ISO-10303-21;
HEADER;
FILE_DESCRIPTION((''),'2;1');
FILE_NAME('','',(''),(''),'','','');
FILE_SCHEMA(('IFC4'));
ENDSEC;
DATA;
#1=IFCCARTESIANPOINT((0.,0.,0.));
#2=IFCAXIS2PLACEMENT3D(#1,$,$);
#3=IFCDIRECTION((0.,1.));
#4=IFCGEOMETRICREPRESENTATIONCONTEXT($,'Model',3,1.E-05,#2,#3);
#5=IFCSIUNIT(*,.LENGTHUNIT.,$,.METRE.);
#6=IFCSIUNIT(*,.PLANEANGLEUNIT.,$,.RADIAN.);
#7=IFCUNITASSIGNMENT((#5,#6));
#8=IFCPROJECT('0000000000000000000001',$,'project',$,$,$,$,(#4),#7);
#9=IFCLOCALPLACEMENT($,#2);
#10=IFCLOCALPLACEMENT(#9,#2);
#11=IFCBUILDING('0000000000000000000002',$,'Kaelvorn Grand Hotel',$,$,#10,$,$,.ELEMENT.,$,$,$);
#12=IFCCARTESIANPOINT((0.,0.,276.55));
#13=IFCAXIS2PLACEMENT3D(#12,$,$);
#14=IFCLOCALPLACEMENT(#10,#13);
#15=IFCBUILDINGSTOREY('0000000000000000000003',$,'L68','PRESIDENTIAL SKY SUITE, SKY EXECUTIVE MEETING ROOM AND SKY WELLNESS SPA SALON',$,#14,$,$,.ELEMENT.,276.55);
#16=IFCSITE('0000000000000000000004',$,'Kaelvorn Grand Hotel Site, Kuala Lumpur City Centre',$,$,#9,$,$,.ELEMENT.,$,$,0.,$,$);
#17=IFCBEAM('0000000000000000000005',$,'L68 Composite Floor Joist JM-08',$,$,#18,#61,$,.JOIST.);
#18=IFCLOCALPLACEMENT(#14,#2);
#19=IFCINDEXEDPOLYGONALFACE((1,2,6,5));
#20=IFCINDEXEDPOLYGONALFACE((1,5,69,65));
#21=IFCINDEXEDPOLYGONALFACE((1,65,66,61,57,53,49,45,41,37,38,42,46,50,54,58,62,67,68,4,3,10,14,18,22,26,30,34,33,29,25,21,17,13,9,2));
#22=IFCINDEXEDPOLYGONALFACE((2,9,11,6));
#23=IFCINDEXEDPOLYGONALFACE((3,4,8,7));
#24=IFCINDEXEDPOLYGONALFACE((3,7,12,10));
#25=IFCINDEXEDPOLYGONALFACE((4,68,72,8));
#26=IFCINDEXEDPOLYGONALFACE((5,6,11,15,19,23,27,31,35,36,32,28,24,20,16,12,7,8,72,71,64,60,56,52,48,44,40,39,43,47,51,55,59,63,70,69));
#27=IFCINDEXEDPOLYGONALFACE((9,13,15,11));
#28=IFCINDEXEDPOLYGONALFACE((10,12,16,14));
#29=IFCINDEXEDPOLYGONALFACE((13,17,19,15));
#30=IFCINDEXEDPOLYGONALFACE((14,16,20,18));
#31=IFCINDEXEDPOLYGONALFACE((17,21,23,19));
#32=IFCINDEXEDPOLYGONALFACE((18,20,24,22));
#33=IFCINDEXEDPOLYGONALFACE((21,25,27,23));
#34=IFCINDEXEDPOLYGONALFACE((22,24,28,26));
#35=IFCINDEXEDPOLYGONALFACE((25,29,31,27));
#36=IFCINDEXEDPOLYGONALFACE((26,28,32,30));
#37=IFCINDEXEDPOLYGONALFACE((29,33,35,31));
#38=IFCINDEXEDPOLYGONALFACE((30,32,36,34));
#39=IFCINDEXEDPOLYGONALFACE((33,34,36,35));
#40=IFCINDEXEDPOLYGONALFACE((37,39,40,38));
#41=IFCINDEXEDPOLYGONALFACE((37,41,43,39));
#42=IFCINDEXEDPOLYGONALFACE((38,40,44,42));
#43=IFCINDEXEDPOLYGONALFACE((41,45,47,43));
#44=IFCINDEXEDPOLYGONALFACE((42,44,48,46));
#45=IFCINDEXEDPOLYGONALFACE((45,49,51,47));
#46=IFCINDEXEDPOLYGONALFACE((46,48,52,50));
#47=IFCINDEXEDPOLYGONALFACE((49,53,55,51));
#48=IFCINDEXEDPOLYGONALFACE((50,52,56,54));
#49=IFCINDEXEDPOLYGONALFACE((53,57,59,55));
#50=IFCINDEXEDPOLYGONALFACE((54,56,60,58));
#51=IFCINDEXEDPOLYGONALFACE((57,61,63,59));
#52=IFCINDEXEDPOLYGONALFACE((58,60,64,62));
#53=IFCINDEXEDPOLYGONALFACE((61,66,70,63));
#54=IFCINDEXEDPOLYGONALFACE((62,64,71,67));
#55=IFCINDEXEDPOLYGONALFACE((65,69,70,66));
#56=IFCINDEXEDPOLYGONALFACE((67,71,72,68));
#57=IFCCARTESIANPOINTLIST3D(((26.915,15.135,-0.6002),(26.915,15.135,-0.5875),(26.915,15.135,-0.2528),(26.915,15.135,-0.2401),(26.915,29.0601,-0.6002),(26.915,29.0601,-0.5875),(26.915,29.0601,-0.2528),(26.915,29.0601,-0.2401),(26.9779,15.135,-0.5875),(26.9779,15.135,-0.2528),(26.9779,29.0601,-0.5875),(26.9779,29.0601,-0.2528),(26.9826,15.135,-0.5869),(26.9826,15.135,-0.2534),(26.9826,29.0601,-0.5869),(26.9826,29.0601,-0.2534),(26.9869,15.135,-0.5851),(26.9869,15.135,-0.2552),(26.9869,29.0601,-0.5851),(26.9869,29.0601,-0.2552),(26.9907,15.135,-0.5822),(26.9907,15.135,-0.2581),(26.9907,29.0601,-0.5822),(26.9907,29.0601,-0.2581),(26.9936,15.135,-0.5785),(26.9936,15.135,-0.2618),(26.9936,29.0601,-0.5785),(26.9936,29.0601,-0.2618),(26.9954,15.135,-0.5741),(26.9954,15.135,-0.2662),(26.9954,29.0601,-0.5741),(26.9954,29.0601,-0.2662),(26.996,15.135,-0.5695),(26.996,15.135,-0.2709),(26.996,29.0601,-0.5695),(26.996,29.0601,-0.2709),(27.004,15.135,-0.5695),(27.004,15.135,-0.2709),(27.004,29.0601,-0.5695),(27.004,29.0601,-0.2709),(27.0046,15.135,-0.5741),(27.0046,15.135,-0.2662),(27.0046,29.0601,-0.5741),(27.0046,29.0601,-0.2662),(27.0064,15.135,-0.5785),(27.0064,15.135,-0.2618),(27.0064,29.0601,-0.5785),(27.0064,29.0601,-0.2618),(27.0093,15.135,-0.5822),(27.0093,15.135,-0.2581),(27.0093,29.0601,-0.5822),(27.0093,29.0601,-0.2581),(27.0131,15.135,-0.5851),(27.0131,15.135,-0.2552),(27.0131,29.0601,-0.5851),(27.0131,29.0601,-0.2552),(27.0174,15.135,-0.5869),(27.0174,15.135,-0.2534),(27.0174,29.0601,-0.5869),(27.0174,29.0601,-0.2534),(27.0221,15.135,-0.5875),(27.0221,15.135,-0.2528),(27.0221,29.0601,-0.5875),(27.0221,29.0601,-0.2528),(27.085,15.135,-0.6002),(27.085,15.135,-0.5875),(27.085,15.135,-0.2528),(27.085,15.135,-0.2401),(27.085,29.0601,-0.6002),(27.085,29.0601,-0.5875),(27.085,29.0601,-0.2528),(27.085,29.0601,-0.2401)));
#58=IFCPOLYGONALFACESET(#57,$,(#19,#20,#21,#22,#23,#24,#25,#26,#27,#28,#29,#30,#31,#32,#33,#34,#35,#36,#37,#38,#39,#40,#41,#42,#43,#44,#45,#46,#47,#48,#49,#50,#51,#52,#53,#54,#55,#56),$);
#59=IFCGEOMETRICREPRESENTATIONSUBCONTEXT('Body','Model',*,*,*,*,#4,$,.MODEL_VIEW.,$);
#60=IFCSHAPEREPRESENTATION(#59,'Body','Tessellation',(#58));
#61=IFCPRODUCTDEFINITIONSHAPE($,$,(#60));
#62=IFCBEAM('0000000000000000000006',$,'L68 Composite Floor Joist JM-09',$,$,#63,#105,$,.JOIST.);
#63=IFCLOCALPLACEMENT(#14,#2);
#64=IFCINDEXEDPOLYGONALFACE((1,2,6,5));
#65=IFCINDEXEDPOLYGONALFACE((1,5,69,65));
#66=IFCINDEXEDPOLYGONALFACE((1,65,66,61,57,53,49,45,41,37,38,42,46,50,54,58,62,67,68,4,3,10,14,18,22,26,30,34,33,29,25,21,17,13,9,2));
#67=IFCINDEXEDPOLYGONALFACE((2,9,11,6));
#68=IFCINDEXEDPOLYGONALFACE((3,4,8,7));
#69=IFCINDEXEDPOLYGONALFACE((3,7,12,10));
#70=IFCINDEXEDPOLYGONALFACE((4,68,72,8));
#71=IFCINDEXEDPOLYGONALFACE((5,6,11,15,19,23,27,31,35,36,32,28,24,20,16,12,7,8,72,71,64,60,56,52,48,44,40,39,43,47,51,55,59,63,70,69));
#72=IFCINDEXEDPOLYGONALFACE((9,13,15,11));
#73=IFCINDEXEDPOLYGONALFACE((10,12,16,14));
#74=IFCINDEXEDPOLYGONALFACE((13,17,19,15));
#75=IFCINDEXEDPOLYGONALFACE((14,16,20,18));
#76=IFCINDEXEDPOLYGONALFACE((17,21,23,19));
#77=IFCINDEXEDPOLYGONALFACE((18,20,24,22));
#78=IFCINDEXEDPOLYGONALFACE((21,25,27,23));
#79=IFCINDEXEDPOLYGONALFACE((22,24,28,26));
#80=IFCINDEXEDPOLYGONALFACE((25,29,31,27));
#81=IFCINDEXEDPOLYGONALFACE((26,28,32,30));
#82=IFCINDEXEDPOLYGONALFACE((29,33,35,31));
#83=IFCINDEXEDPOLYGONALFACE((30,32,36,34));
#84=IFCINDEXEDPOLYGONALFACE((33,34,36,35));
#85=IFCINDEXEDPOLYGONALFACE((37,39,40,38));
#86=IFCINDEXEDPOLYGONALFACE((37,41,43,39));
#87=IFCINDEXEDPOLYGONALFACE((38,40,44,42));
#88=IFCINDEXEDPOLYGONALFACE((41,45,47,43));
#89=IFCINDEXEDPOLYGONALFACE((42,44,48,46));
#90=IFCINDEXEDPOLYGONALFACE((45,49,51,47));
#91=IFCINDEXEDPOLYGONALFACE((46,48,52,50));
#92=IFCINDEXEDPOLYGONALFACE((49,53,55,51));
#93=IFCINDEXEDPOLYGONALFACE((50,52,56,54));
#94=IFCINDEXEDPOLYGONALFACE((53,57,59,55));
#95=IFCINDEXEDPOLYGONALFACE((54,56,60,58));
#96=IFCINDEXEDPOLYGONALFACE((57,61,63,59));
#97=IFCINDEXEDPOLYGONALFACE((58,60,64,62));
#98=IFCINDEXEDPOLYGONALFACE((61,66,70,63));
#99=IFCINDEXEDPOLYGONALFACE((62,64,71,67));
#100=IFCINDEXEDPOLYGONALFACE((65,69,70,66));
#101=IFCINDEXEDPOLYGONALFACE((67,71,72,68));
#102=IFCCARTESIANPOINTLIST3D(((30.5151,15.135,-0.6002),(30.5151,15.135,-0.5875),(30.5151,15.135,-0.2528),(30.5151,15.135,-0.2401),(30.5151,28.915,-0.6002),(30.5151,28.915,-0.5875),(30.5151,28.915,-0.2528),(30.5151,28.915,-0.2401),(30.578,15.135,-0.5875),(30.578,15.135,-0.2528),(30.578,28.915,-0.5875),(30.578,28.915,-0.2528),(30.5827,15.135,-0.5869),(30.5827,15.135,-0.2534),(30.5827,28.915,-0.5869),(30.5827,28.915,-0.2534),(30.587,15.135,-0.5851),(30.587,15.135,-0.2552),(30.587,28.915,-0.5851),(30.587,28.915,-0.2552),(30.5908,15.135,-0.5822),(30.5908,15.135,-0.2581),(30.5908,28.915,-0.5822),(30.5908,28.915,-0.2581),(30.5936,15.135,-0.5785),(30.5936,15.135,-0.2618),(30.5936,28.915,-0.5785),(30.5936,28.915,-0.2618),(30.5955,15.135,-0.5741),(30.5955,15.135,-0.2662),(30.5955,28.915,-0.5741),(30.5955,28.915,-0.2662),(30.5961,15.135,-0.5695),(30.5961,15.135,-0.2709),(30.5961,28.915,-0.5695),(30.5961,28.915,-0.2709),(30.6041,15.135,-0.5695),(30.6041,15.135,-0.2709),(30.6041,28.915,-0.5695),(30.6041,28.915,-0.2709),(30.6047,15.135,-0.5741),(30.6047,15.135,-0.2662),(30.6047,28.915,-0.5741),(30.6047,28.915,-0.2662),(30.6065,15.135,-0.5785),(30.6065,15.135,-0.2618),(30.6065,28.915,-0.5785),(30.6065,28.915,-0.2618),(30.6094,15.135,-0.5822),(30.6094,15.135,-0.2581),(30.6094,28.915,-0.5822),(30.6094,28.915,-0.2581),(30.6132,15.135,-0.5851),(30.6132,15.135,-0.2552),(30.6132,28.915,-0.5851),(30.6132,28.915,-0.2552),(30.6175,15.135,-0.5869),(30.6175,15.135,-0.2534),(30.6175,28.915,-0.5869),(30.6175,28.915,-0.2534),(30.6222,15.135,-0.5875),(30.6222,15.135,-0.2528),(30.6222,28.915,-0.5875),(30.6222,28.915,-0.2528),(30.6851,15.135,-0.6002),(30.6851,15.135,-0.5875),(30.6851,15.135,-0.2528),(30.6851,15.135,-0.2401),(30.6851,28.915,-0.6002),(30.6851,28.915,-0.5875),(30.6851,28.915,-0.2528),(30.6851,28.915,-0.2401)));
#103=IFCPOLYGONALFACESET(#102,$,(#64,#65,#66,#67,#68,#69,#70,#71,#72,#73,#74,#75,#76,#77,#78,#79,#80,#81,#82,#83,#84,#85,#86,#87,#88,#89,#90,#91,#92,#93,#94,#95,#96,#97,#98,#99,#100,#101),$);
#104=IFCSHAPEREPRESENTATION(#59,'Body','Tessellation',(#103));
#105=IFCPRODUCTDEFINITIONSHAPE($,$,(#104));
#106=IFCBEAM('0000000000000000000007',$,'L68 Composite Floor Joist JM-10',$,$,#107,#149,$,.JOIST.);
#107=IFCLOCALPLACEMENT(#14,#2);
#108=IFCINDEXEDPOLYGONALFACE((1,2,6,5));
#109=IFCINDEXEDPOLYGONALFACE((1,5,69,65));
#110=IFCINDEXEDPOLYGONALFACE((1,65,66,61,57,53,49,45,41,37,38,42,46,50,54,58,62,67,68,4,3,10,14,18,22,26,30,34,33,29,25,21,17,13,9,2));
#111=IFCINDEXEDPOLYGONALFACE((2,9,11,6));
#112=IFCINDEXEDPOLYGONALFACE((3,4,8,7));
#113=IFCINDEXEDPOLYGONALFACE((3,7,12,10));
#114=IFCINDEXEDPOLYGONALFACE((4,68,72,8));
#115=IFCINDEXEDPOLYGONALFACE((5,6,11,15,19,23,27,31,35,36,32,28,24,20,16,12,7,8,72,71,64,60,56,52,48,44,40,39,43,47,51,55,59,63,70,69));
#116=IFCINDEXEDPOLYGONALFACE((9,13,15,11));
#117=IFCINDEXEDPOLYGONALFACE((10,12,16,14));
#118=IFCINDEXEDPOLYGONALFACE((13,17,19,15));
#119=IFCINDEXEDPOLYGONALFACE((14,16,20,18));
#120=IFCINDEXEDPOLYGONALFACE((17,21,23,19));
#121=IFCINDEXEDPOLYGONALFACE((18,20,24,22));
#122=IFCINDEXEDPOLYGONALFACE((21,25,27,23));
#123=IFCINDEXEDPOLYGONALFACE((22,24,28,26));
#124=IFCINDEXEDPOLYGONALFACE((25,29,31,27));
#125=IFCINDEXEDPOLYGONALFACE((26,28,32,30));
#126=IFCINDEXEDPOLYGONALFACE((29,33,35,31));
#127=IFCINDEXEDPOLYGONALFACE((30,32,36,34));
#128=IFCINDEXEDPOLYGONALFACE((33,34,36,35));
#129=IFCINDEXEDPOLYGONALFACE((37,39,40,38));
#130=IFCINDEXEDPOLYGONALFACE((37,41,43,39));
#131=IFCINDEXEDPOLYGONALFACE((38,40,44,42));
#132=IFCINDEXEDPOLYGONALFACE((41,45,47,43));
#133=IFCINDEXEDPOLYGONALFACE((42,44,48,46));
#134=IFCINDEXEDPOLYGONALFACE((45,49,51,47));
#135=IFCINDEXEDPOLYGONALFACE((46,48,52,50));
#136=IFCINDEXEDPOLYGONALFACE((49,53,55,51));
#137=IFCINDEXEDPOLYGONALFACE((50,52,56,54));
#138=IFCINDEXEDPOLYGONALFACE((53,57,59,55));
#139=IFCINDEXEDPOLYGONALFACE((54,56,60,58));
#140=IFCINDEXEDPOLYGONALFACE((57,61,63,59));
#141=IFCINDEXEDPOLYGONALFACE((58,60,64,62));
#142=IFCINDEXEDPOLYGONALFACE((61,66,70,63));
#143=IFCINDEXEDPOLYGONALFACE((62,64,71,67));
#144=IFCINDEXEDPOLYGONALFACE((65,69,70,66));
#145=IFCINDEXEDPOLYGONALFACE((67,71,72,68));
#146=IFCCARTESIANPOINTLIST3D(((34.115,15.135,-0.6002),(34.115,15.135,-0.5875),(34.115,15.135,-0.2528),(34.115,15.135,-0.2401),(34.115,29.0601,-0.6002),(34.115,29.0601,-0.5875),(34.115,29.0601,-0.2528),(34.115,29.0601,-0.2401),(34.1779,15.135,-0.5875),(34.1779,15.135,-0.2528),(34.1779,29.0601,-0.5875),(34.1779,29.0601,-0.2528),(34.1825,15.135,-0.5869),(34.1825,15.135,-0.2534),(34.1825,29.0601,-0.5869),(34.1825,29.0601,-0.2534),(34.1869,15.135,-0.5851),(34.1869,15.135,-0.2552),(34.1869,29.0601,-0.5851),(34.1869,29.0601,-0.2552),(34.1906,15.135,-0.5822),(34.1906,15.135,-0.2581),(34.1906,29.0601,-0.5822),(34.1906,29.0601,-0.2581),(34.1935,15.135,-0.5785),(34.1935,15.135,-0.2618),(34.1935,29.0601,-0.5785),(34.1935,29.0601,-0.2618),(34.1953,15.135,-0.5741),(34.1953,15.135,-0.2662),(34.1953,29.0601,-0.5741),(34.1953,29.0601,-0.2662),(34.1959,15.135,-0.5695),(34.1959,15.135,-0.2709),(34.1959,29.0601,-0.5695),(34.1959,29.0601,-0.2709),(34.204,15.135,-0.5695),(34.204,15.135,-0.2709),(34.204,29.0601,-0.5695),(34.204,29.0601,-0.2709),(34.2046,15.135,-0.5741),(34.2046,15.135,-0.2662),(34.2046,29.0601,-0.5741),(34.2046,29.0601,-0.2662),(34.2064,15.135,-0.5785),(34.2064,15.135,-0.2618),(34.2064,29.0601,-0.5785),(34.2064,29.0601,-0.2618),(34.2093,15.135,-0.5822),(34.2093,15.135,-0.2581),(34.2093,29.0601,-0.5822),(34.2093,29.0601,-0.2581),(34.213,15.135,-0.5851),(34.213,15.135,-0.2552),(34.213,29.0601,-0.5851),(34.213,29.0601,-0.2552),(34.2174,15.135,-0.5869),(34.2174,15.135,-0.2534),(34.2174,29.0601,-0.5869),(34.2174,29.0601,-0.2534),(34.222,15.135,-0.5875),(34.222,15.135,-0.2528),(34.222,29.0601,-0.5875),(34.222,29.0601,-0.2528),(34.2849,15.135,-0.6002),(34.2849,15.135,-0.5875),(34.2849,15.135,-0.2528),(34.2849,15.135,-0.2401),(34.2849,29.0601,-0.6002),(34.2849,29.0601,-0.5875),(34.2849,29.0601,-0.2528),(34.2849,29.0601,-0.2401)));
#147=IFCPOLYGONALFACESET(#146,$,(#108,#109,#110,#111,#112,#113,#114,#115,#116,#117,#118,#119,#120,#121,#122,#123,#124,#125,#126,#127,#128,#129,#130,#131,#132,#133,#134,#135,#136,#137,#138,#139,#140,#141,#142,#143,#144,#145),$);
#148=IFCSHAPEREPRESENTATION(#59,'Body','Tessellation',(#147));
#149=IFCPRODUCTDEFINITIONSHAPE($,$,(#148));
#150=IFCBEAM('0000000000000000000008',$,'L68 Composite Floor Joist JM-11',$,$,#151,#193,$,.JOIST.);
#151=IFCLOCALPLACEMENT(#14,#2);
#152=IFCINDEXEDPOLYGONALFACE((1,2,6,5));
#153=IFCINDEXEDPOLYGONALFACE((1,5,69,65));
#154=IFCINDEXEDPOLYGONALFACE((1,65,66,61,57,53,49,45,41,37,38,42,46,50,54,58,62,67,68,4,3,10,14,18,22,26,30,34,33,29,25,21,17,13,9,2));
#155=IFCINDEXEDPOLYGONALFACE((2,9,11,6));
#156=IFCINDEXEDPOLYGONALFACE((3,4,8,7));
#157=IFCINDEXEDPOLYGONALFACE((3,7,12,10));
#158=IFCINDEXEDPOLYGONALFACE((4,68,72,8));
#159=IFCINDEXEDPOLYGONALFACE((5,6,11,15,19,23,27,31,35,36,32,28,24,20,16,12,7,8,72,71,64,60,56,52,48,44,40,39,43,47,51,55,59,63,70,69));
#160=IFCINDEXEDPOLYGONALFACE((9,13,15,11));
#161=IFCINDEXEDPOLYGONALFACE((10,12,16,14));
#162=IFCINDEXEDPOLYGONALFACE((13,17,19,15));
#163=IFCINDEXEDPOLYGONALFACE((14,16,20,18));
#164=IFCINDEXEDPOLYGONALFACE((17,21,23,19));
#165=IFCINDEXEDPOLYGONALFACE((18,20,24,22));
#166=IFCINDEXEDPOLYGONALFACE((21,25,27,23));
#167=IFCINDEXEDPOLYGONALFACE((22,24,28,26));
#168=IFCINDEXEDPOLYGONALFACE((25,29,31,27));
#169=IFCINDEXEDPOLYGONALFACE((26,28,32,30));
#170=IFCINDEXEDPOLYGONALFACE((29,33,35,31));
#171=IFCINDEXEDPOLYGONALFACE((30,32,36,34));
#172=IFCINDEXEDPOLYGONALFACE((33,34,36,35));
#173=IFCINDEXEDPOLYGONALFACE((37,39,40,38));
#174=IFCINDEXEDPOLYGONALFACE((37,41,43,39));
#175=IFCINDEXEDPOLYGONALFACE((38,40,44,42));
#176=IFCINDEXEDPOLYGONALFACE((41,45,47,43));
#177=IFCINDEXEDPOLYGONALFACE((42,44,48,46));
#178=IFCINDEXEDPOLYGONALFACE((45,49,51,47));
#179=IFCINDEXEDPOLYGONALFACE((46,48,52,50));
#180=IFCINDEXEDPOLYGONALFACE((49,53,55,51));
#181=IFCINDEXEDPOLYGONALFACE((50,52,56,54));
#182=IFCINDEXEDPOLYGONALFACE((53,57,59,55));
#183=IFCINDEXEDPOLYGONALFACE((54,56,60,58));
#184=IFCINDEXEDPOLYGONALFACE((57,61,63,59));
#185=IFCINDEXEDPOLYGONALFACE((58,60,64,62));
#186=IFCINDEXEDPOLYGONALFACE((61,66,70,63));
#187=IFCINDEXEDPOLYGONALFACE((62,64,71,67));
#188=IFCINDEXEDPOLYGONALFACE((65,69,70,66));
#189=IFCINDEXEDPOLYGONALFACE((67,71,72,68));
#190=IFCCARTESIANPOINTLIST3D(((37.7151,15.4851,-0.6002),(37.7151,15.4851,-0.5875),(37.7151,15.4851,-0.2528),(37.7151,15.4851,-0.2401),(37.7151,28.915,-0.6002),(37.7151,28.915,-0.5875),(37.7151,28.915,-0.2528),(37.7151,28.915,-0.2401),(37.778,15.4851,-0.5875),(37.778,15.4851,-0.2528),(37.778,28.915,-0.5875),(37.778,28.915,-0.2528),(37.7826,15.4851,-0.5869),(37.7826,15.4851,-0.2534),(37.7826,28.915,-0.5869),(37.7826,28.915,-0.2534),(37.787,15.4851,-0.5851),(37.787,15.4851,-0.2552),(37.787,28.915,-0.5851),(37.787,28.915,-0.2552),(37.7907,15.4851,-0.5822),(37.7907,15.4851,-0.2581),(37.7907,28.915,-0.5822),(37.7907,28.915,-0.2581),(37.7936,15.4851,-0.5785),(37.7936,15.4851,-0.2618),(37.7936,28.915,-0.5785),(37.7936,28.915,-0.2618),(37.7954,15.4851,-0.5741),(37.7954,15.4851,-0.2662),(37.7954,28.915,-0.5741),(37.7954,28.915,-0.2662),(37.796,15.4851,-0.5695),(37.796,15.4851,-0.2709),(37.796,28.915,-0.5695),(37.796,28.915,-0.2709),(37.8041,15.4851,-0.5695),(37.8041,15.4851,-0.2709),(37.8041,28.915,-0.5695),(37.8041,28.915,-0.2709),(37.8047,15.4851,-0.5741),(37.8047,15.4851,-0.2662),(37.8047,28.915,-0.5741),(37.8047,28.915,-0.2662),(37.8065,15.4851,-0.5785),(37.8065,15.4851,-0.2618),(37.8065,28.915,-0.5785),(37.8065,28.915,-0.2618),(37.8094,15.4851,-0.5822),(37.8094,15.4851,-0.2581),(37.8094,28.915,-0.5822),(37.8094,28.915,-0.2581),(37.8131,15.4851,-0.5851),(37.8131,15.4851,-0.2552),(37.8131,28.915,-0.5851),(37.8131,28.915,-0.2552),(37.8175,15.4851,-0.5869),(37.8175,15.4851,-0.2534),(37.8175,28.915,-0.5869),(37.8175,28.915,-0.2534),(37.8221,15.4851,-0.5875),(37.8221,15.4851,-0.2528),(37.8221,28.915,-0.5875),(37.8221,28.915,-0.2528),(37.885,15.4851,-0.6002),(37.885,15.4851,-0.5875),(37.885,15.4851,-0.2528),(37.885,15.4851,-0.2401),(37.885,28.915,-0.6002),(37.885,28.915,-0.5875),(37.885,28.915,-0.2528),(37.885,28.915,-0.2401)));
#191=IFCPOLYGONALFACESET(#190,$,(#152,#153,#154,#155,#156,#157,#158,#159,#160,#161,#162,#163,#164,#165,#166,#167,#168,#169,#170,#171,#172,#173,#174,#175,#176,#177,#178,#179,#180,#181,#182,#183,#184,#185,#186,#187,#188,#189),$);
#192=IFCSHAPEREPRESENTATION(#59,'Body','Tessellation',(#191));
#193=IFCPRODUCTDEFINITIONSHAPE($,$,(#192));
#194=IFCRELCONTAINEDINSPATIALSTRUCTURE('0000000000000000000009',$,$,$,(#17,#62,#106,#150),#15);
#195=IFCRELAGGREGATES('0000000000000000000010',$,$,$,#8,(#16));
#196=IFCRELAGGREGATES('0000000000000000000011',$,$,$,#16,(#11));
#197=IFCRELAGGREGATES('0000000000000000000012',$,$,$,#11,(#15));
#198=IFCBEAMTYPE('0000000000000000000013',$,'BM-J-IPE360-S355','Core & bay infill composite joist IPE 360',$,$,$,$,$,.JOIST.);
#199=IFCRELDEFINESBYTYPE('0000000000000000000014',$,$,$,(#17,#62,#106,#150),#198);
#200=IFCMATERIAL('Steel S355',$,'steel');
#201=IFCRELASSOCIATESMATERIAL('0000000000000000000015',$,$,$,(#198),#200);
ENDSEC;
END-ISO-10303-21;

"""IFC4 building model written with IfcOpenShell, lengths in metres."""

from ifc_helpers import new_model, si_unit, direction, frame, origin, origin_2d, place, context, subcontext, project, spatial, i_section, extrude, material, material_profile, profile_set, type_object, element, save


model = new_model("IFC4")

# Units and contexts
model_context = context("Model", 3, precision=1e-05, world=origin(), true_north=direction((0.0, 1.0)))
body_context = subcontext(model_context, "Body", "Model", "MODEL_VIEW")
ifc_project = project(units=[si_unit("LENGTHUNIT", "METRE"), si_unit("PLANEANGLEUNIT", "RADIAN")], contexts=[model_context])

# Site, building, storey
site_placement = place(None, origin())
site = spatial("IfcSite", under=ifc_project, at=site_placement, Name="Kaelvorn Grand Hotel Site, Kuala Lumpur City Centre", CompositionType="ELEMENT", RefElevation=0.0)
building_placement = place(site_placement, origin())
building = spatial("IfcBuilding", under=site, at=building_placement, Name="Kaelvorn Grand Hotel", CompositionType="ELEMENT")
storey_placement = place(building_placement, frame((0.0, 0.0, 276.55)))
storey = spatial("IfcBuildingStorey", under=building, at=storey_placement, Name="L68", Description="PRESIDENTIAL SKY SUITE, SKY EXECUTIVE MEETING ROOM AND SKY WELLNESS SPA SALON", CompositionType="ELEMENT", Elevation=276.55)

# Beams
ifc_material_1 = material(Name="Steel S355", Category="steel")
ifc_material_profile_1 = material_profile(ifc_material_1, i_section(OverallWidth=0.1699, OverallDepth=0.3601, WebThickness=0.0081, FlangeThickness=0.0127, FilletRadius=0.0181, at=origin_2d()), Name="IPE 360")
ifc_profile_set_1 = profile_set([ifc_material_profile_1], Name="Steel S355")
beam_type_1 = type_object("IfcBeamType", Name="BM-J-IPE360-S355", Description="Core & bay infill composite joist IPE 360", PredefinedType="JOIST", material=ifc_profile_set_1)
beam_1_placement = place(storey_placement, frame((27.0, 15.135, -0.4202), z_axis=(0.0, 1.0, 0.0), x_axis=(-1.0, 0.0, 0.0)))
element("IfcBeam", 1, at=beam_1_placement, inside=storey, type_object=beam_type_1, Name="L68 Composite Floor Joist JM-08", PredefinedType="JOIST", context=body_context, shape_type="SweptSolid", body=[
    extrude(i_section(OverallWidth=0.1699, OverallDepth=0.3601, WebThickness=0.0081, FlangeThickness=0.0127, FilletRadius=0.0181, at=origin_2d()), origin(), (0.0, 0.0, 1.0), 13.925),
])
beam_2_placement = place(storey_placement, frame((30.6001, 15.135, -0.4202), z_axis=(0.0, 1.0, 0.0), x_axis=(-1.0, 0.0, 0.0)))
element("IfcBeam", 2, at=beam_2_placement, inside=storey, type_object=beam_type_1, Name="L68 Composite Floor Joist JM-09", PredefinedType="JOIST", context=body_context, shape_type="SweptSolid", body=[
    extrude(i_section(OverallWidth=0.1699, OverallDepth=0.3601, WebThickness=0.0081, FlangeThickness=0.0127, FilletRadius=0.0181, at=origin_2d()), origin(), (0.0, 0.0, 1.0), 13.78),
])
beam_3_placement = place(storey_placement, frame((34.2, 15.135, -0.4202), z_axis=(0.0, 1.0, 0.0), x_axis=(-1.0, 0.0, 0.0)))
element("IfcBeam", 3, at=beam_3_placement, inside=storey, type_object=beam_type_1, Name="L68 Composite Floor Joist JM-10", PredefinedType="JOIST", context=body_context, shape_type="SweptSolid", body=[
    extrude(i_section(OverallWidth=0.1699, OverallDepth=0.3601, WebThickness=0.0081, FlangeThickness=0.0127, FilletRadius=0.0181, at=origin_2d()), origin(), (0.0, 0.0, 1.0), 13.925),
])
beam_4_placement = place(storey_placement, frame((37.8, 15.4851, -0.4202), z_axis=(0.0, 1.0, 0.0), x_axis=(-1.0, 0.0, 0.0)))
element("IfcBeam", 4, at=beam_4_placement, inside=storey, type_object=beam_type_1, Name="L68 Composite Floor Joist JM-11", PredefinedType="JOIST", context=body_context, shape_type="SweptSolid", body=[
    extrude(i_section(OverallWidth=0.1699, OverallDepth=0.3601, WebThickness=0.0081, FlangeThickness=0.0127, FilletRadius=0.0181, at=origin_2d()), origin(), (0.0, 0.0, 1.0), 13.4299),
])

save(model, "model.ifc")
